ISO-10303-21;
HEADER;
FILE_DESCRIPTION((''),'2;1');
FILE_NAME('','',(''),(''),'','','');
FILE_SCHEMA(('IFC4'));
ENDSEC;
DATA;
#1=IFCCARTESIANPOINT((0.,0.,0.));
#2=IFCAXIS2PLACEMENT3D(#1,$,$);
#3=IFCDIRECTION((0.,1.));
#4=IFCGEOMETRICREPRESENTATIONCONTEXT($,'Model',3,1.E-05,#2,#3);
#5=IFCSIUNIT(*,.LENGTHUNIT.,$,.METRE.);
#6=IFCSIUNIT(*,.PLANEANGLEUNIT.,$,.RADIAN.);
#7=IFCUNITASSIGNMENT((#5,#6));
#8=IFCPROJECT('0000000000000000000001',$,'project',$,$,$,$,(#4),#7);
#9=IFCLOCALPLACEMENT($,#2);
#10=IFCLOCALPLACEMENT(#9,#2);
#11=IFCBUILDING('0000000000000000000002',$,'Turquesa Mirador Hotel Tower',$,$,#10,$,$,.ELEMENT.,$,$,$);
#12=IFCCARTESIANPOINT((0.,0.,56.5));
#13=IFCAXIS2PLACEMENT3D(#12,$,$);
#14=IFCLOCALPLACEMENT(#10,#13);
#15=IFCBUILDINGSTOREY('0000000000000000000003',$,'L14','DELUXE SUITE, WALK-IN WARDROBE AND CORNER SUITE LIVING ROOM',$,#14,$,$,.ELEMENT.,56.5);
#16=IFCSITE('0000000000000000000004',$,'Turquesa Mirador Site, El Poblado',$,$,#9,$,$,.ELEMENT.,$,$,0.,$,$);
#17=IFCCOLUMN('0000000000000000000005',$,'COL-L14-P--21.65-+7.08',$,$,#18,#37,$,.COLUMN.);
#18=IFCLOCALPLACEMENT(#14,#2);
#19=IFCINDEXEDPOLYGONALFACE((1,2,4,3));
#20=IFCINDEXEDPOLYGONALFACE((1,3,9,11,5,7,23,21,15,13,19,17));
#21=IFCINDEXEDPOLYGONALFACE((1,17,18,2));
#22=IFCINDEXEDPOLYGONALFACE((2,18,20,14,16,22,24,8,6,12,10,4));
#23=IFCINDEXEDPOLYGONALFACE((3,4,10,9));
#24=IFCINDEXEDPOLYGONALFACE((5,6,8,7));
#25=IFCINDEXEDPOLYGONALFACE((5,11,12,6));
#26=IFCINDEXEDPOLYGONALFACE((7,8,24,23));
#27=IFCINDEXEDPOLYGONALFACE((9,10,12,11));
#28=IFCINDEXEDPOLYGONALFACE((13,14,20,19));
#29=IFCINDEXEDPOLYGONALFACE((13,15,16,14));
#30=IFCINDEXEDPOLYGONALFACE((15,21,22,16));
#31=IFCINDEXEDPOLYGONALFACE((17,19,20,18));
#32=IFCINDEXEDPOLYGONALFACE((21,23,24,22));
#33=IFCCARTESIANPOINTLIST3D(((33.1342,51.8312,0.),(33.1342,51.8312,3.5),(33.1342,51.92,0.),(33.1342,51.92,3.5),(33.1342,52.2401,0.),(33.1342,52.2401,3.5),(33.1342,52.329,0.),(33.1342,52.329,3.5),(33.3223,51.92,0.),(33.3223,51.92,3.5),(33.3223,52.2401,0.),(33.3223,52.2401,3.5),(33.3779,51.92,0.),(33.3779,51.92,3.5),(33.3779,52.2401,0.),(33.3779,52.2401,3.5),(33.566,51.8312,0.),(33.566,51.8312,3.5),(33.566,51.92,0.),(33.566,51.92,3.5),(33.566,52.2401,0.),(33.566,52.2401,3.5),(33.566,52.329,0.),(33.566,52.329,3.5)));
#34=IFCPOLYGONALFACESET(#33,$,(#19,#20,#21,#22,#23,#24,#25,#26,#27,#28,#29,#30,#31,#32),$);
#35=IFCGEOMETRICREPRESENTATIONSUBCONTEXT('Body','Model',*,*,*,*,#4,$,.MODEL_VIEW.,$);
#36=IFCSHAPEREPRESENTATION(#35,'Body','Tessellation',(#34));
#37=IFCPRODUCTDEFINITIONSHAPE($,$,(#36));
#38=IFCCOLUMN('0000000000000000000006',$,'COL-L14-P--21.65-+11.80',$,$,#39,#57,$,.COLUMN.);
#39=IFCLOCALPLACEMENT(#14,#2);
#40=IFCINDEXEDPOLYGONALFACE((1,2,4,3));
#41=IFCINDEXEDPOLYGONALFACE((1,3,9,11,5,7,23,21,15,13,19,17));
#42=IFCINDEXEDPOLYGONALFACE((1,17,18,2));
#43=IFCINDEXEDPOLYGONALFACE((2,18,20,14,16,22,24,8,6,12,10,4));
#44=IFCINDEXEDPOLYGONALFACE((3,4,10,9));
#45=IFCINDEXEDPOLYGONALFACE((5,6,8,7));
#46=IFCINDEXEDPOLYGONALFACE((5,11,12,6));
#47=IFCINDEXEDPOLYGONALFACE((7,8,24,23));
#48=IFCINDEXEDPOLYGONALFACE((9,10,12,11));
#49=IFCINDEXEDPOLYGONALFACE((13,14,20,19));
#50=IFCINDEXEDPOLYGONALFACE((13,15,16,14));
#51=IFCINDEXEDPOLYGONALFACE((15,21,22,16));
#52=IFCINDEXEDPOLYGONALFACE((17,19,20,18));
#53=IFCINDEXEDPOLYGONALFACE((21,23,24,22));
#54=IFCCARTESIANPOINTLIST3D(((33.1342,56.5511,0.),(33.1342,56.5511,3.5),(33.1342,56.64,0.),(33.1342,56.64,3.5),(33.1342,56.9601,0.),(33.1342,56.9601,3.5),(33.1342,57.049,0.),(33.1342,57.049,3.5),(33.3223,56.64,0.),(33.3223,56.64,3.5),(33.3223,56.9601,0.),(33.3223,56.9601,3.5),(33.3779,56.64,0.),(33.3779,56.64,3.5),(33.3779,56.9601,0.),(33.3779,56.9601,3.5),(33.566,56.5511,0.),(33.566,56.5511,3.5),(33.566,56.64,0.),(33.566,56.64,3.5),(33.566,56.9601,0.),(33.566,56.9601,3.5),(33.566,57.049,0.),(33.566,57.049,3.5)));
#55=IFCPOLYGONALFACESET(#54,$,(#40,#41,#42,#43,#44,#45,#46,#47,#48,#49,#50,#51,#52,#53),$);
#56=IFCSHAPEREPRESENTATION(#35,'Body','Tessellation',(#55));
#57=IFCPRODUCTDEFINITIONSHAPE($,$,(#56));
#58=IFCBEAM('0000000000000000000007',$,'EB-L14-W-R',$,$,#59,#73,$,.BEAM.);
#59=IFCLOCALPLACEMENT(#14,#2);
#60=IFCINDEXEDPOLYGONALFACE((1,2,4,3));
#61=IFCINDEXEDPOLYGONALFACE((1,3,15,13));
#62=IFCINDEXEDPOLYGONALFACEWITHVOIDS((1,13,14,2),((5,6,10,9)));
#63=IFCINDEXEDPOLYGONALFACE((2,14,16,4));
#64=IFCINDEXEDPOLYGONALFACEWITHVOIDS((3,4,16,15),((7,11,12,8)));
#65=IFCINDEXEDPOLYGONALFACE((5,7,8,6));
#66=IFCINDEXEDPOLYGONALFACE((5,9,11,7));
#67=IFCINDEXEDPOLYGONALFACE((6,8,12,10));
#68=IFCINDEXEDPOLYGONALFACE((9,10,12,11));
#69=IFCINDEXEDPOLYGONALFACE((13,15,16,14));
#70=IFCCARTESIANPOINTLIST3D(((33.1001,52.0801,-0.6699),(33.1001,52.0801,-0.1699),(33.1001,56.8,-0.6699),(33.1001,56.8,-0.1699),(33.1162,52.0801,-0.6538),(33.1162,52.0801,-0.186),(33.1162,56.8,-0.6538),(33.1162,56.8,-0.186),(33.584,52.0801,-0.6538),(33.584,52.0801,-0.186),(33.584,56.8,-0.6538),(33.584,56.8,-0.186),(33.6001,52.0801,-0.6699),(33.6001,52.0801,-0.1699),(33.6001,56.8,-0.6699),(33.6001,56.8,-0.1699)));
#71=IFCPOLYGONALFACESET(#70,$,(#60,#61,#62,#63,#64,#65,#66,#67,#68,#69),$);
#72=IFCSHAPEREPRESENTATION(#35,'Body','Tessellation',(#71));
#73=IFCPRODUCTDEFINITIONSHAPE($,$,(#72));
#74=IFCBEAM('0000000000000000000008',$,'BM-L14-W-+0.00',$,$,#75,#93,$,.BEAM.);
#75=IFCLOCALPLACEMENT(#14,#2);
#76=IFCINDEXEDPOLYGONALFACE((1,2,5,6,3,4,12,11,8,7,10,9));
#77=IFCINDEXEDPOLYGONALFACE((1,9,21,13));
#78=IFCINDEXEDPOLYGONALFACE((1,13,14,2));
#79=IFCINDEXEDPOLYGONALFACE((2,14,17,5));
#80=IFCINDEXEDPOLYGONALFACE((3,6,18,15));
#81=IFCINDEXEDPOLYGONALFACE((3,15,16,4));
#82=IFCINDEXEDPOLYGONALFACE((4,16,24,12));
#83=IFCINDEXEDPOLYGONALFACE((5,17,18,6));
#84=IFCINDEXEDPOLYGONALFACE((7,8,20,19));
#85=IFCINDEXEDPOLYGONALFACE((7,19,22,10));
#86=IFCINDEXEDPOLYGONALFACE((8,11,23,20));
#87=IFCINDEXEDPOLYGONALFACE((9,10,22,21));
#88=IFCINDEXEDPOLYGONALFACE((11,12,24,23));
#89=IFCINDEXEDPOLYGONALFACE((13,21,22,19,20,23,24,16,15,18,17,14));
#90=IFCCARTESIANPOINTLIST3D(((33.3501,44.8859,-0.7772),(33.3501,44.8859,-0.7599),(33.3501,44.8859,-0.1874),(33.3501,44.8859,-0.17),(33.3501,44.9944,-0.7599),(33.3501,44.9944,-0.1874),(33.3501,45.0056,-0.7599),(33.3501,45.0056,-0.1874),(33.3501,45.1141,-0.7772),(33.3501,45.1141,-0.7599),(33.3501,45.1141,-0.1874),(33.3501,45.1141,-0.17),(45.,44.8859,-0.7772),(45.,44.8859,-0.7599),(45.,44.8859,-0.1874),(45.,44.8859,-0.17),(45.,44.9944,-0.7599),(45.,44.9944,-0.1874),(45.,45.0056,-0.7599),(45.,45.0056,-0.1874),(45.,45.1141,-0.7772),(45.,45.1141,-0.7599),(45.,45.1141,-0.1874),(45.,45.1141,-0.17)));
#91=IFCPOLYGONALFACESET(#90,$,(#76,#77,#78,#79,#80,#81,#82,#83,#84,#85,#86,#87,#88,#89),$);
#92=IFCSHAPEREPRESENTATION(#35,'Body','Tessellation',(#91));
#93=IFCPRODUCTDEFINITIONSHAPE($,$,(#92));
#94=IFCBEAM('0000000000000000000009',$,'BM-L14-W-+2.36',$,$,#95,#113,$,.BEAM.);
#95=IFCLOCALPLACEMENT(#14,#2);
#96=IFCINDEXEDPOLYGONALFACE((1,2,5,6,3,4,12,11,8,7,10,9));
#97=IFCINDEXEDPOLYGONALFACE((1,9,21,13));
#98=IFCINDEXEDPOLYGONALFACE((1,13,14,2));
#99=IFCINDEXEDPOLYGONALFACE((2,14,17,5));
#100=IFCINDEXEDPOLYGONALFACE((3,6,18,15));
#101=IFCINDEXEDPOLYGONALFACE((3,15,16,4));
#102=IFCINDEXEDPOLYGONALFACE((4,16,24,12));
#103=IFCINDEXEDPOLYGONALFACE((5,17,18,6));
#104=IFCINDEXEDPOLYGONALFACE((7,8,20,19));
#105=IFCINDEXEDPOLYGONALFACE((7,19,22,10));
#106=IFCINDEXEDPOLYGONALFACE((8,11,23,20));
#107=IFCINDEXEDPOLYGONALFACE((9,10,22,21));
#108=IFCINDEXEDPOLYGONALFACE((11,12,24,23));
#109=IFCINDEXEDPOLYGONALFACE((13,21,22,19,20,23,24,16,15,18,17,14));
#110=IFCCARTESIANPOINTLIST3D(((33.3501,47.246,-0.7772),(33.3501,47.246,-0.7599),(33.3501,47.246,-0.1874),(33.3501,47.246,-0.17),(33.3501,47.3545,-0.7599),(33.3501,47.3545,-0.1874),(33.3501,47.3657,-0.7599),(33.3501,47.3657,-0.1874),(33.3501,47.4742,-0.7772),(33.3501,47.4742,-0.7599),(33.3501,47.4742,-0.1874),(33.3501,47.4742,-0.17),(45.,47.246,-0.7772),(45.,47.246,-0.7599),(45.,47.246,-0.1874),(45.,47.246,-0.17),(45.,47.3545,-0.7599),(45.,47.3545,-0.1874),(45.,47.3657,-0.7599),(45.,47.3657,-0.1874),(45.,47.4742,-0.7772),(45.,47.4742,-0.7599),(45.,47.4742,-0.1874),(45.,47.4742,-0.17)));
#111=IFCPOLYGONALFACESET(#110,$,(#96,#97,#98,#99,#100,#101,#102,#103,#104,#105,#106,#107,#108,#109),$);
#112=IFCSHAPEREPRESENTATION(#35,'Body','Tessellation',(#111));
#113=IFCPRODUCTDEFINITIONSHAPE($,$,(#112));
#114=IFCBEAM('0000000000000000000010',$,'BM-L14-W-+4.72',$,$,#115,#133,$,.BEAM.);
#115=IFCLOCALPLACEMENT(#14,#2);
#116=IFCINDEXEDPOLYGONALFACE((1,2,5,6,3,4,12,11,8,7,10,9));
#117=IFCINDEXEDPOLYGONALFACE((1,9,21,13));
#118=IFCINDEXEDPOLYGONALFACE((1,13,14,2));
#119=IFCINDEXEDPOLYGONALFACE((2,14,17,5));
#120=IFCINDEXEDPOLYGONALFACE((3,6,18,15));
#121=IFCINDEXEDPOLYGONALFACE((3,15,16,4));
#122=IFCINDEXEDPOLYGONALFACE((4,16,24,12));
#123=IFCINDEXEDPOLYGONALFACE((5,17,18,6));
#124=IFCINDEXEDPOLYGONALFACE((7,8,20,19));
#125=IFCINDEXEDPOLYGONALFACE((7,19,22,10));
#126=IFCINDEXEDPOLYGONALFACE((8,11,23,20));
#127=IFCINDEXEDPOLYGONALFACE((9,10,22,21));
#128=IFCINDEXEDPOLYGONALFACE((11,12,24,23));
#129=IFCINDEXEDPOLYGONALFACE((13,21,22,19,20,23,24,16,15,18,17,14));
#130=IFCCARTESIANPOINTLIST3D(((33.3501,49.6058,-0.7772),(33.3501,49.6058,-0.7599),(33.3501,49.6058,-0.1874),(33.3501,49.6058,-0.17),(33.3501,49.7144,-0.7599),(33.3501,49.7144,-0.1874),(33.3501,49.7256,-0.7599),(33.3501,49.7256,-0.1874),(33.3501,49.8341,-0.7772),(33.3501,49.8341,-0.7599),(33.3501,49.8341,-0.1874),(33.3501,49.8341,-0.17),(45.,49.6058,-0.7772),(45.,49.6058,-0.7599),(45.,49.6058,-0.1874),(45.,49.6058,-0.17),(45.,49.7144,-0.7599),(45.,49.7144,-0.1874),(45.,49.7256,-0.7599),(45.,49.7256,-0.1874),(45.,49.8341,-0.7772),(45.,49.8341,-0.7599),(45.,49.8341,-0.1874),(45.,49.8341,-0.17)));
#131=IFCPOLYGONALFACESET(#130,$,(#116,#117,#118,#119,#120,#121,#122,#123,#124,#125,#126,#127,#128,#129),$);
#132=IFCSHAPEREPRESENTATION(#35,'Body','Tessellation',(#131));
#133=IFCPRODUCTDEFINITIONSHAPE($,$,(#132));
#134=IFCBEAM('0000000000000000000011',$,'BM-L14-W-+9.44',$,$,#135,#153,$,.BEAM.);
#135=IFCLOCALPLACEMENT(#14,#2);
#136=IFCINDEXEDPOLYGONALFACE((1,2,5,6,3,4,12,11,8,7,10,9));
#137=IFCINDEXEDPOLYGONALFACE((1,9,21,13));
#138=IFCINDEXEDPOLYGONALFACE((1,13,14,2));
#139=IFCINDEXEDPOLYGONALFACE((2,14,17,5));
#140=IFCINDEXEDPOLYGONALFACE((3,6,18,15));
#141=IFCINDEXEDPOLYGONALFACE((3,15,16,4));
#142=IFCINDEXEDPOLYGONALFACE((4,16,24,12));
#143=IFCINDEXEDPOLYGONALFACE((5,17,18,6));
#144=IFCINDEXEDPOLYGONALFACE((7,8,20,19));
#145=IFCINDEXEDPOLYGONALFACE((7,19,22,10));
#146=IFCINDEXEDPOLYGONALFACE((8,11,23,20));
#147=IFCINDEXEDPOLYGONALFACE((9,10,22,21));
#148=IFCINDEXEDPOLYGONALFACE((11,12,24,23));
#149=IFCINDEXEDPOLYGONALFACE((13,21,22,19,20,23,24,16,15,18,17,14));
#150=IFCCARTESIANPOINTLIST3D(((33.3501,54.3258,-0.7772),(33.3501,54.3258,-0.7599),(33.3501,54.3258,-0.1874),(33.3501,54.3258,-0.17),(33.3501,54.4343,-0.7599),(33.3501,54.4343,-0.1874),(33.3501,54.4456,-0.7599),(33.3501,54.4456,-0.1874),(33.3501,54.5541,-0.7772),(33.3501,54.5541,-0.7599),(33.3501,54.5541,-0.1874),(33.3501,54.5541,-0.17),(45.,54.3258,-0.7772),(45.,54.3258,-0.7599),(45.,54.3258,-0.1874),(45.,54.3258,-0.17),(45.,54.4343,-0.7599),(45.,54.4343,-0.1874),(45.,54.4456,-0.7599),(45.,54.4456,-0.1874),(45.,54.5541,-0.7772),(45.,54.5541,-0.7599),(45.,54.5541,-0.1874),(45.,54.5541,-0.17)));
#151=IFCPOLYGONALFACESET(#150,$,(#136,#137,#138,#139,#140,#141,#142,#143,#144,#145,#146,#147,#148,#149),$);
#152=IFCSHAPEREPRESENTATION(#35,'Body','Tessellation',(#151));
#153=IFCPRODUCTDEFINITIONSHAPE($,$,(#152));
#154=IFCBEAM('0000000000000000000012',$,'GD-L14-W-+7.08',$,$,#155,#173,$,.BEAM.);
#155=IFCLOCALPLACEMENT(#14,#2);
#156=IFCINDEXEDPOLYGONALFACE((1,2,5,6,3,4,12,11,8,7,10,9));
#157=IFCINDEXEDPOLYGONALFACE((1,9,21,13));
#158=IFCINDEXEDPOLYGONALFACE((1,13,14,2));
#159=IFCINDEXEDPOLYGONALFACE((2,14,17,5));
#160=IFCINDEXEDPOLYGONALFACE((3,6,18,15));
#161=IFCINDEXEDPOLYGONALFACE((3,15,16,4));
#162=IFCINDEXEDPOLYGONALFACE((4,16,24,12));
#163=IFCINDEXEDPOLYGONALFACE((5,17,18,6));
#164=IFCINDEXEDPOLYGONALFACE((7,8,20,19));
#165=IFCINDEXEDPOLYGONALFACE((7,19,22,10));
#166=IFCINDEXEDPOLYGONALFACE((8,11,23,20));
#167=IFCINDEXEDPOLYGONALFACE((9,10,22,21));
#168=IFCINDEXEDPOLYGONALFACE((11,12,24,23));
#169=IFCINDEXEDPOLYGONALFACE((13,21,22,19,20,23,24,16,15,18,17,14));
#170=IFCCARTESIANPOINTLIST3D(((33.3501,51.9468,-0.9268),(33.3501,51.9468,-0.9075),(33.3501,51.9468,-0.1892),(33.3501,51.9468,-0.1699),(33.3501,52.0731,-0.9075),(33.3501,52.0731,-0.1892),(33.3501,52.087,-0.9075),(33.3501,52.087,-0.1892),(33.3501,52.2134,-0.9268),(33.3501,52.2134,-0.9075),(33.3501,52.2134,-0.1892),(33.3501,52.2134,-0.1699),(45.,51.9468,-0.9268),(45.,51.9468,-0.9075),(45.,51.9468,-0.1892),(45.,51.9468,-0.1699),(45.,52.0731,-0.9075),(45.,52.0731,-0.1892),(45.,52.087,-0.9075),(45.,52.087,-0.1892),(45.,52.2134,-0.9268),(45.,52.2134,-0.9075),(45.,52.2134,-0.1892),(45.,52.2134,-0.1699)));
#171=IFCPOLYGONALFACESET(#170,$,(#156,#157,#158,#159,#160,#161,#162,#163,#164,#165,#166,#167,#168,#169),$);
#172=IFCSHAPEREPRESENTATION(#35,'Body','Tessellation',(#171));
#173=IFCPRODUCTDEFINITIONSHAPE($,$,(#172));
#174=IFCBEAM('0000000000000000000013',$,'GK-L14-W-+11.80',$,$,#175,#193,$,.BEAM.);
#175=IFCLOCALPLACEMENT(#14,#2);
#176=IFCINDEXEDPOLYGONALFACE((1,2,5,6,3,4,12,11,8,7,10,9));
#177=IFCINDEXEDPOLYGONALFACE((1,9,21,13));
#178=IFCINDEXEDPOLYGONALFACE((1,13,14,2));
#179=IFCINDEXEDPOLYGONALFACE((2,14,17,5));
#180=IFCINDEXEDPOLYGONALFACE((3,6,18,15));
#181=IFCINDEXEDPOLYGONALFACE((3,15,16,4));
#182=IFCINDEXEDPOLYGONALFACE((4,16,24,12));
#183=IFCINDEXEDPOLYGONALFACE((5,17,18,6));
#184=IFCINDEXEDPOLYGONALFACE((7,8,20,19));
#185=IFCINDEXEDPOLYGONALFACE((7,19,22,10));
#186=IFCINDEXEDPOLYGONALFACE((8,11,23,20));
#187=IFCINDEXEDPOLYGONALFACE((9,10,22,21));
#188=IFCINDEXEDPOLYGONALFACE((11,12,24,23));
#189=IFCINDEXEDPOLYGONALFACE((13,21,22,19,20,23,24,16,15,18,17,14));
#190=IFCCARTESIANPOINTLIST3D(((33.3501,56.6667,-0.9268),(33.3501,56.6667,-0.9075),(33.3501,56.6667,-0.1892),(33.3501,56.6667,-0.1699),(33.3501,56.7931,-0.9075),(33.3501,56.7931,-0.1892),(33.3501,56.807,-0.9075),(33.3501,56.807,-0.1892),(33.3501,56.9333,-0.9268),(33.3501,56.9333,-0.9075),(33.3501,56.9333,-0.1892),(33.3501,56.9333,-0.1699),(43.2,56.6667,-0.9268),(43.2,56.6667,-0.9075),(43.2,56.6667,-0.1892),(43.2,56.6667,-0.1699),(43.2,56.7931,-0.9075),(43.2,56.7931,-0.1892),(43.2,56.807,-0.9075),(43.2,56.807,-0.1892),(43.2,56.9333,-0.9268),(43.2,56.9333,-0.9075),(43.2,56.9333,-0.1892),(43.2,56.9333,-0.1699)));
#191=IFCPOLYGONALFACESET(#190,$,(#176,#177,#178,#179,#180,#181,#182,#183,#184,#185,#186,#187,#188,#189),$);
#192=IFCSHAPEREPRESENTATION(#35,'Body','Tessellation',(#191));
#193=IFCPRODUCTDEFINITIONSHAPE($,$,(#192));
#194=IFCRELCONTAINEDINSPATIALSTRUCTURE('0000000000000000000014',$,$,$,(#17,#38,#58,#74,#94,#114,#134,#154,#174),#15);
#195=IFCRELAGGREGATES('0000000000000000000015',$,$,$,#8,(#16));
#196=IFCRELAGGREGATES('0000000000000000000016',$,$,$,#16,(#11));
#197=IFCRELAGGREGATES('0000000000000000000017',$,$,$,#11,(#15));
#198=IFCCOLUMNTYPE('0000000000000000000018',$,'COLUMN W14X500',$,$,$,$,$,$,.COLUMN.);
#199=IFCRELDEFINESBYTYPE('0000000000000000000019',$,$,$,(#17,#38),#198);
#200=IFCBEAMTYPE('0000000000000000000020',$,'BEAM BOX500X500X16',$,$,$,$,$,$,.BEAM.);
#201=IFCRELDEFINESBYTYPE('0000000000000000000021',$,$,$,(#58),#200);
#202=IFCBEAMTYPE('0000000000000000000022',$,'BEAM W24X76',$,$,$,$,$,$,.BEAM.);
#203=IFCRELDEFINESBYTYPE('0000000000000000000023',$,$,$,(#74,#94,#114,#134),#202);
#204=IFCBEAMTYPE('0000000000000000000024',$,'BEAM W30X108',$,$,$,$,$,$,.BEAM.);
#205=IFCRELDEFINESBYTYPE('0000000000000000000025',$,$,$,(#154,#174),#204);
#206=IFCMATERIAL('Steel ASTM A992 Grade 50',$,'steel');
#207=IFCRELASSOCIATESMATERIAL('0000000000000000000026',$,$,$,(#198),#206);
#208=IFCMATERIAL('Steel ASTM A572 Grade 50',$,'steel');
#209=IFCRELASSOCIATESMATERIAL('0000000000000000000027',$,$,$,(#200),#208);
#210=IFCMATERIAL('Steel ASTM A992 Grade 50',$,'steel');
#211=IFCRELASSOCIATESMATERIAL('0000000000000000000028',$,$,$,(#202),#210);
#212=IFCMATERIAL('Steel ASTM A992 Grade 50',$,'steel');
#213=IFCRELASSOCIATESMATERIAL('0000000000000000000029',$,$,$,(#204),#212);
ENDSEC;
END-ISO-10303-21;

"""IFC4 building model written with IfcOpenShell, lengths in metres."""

from ifc_helpers import new_model, si_unit, direction, frame, origin, origin_2d, place, context, subcontext, project, spatial, hollow_rectangle, i_section, extrude, material, material_profile, profile_set, type_object, element, save


model = new_model("IFC4")

# Units and contexts
model_context = context("Model", 3, precision=1e-05, world=origin(), true_north=direction((0.0, 1.0)))
body_context = subcontext(model_context, "Body", "Model", "MODEL_VIEW")
ifc_project = project(units=[si_unit("LENGTHUNIT", "METRE"), si_unit("PLANEANGLEUNIT", "RADIAN")], contexts=[model_context])

# Site, building, storey
site_placement = place(None, origin())
site = spatial("IfcSite", under=ifc_project, at=site_placement, Name="Turquesa Mirador Site, El Poblado", CompositionType="ELEMENT", RefElevation=0.0)
building_placement = place(site_placement, origin())
building = spatial("IfcBuilding", under=site, at=building_placement, Name="Turquesa Mirador Hotel Tower", CompositionType="ELEMENT")
storey_placement = place(building_placement, frame((0.0, 0.0, 56.5)))
storey = spatial("IfcBuildingStorey", under=building, at=storey_placement, Name="L14", Description="DELUXE SUITE, WALK-IN WARDROBE AND CORNER SUITE LIVING ROOM", CompositionType="ELEMENT", Elevation=56.5)

# Columns
ifc_material_1 = material(Name="Steel ASTM A992 Grade 50", Category="steel")
ifc_material_profile_1 = material_profile(ifc_material_1, i_section(OverallWidth=0.4319, OverallDepth=0.4978, WebThickness=0.0557, FlangeThickness=0.0889, at=origin_2d()), Name="W14X500")
ifc_profile_set_1 = profile_set([ifc_material_profile_1], Name="Steel ASTM A992 Grade 50")
column_type = type_object("IfcColumnType", Name="COLUMN W14X500", PredefinedType="COLUMN", material=ifc_profile_set_1)
for number, where, z_axis, x_axis, name in (
    (1, (33.3501, 52.0801, 0.0), (0.0, 0.0, 1.0), (1.0, 0.0, 0.0), "COL-L14-P--21.65-+7.08"),
    (2, (33.3501, 56.8, 0.0), (0.0, 0.0, 1.0), (1.0, 0.0, 0.0), "COL-L14-P--21.65-+11.80"),
):
    element("IfcColumn", number, at=place(storey_placement, frame(where, z_axis=z_axis, x_axis=x_axis)), inside=storey, type_object=column_type, Name=name, PredefinedType="COLUMN", context=body_context, shape_type="SweptSolid", body=[
        extrude(i_section(OverallWidth=0.4319, OverallDepth=0.4978, WebThickness=0.0557, FlangeThickness=0.0889, at=origin_2d()), origin(), (0.0, 0.0, 1.0), 3.5),
    ])

# Beams
ifc_material_2 = material(Name="Steel ASTM A572 Grade 50", Category="steel")
ifc_material_profile_2 = material_profile(ifc_material_2, hollow_rectangle(XDim=0.5, YDim=0.5, WallThickness=0.0161, at=origin_2d()), Name="BOX500X500X16")
ifc_profile_set_2 = profile_set([ifc_material_profile_2], Name="Steel ASTM A572 Grade 50")
beam_type_1 = type_object("IfcBeamType", Name="BEAM BOX500X500X16", PredefinedType="BEAM", material=ifc_profile_set_2)
beam_1_placement = place(storey_placement, frame((33.3501, 52.0801, -0.4199), z_axis=(0.0, 1.0, 0.0), x_axis=(-1.0, 0.0, 0.0)))
element("IfcBeam", 3, at=beam_1_placement, inside=storey, type_object=beam_type_1, Name="EB-L14-W-R", PredefinedType="BEAM", context=body_context, shape_type="SweptSolid", body=[
    extrude(hollow_rectangle(XDim=0.5, YDim=0.5, WallThickness=0.0161, at=origin_2d()), origin(), (0.0, 0.0, 1.0), 4.72),
])
ifc_material_3 = material(Name="Steel ASTM A992 Grade 50", Category="steel")
ifc_material_profile_3 = material_profile(ifc_material_3, i_section(OverallWidth=0.2283, OverallDepth=0.6072, WebThickness=0.0112, FlangeThickness=0.0173, at=origin_2d()), Name="W24X76")
ifc_profile_set_3 = profile_set([ifc_material_profile_3], Name="Steel ASTM A992 Grade 50")
beam_type_2 = type_object("IfcBeamType", Name="BEAM W24X76", PredefinedType="BEAM", material=ifc_profile_set_3)
for number, where, z_axis, x_axis, name in (
    (4, (33.3501, 45.0, -0.4736), (1.0, 0.0, 0.0), (0.0, 1.0, 0.0), "BM-L14-W-+0.00"),
    (5, (33.3501, 47.3601, -0.4736), (1.0, 0.0, 0.0), (0.0, 1.0, 0.0), "BM-L14-W-+2.36"),
    (6, (33.3501, 49.72, -0.4736), (1.0, 0.0, 0.0), (0.0, 1.0, 0.0), "BM-L14-W-+4.72"),
    (7, (33.3501, 54.4399, -0.4736), (1.0, 0.0, 0.0), (0.0, 1.0, 0.0), "BM-L14-W-+9.44"),
):
    element("IfcBeam", number, at=place(storey_placement, frame(where, z_axis=z_axis, x_axis=x_axis)), inside=storey, type_object=beam_type_2, Name=name, PredefinedType="BEAM", context=body_context, shape_type="SweptSolid", body=[
        extrude(i_section(OverallWidth=0.2283, OverallDepth=0.6072, WebThickness=0.0112, FlangeThickness=0.0173, at=origin_2d()), origin(), (0.0, 0.0, 1.0), 11.6499),
    ])
ifc_material_4 = material(Name="Steel ASTM A992 Grade 50", Category="steel")
ifc_material_profile_4 = material_profile(ifc_material_4, i_section(OverallWidth=0.2666, OverallDepth=0.7568, WebThickness=0.0139, FlangeThickness=0.0193, at=origin_2d()), Name="W30X108")
ifc_profile_set_4 = profile_set([ifc_material_profile_4], Name="Steel ASTM A992 Grade 50")
beam_type_3 = type_object("IfcBeamType", Name="BEAM W30X108", PredefinedType="BEAM", material=ifc_profile_set_4)
beam_2_placement = place(storey_placement, frame((33.3501, 52.0801, -0.5483), z_axis=(1.0, 0.0, 0.0), x_axis=(0.0, 1.0, 0.0)))
element("IfcBeam", 8, at=beam_2_placement, inside=storey, type_object=beam_type_3, Name="GD-L14-W-+7.08", PredefinedType="BEAM", context=body_context, shape_type="SweptSolid", body=[
    extrude(i_section(OverallWidth=0.2666, OverallDepth=0.7568, WebThickness=0.0139, FlangeThickness=0.0193, at=origin_2d()), origin(), (0.0, 0.0, 1.0), 11.6499),
])
beam_3_placement = place(storey_placement, frame((33.3501, 56.8, -0.5483), z_axis=(1.0, 0.0, 0.0), x_axis=(0.0, 1.0, 0.0)))
element("IfcBeam", 9, at=beam_3_placement, inside=storey, type_object=beam_type_3, Name="GK-L14-W-+11.80", PredefinedType="BEAM", context=body_context, shape_type="SweptSolid", body=[
    extrude(i_section(OverallWidth=0.2666, OverallDepth=0.7568, WebThickness=0.0139, FlangeThickness=0.0193, at=origin_2d()), origin(), (0.0, 0.0, 1.0), 9.8499),
])

save(model, "model.ifc")
